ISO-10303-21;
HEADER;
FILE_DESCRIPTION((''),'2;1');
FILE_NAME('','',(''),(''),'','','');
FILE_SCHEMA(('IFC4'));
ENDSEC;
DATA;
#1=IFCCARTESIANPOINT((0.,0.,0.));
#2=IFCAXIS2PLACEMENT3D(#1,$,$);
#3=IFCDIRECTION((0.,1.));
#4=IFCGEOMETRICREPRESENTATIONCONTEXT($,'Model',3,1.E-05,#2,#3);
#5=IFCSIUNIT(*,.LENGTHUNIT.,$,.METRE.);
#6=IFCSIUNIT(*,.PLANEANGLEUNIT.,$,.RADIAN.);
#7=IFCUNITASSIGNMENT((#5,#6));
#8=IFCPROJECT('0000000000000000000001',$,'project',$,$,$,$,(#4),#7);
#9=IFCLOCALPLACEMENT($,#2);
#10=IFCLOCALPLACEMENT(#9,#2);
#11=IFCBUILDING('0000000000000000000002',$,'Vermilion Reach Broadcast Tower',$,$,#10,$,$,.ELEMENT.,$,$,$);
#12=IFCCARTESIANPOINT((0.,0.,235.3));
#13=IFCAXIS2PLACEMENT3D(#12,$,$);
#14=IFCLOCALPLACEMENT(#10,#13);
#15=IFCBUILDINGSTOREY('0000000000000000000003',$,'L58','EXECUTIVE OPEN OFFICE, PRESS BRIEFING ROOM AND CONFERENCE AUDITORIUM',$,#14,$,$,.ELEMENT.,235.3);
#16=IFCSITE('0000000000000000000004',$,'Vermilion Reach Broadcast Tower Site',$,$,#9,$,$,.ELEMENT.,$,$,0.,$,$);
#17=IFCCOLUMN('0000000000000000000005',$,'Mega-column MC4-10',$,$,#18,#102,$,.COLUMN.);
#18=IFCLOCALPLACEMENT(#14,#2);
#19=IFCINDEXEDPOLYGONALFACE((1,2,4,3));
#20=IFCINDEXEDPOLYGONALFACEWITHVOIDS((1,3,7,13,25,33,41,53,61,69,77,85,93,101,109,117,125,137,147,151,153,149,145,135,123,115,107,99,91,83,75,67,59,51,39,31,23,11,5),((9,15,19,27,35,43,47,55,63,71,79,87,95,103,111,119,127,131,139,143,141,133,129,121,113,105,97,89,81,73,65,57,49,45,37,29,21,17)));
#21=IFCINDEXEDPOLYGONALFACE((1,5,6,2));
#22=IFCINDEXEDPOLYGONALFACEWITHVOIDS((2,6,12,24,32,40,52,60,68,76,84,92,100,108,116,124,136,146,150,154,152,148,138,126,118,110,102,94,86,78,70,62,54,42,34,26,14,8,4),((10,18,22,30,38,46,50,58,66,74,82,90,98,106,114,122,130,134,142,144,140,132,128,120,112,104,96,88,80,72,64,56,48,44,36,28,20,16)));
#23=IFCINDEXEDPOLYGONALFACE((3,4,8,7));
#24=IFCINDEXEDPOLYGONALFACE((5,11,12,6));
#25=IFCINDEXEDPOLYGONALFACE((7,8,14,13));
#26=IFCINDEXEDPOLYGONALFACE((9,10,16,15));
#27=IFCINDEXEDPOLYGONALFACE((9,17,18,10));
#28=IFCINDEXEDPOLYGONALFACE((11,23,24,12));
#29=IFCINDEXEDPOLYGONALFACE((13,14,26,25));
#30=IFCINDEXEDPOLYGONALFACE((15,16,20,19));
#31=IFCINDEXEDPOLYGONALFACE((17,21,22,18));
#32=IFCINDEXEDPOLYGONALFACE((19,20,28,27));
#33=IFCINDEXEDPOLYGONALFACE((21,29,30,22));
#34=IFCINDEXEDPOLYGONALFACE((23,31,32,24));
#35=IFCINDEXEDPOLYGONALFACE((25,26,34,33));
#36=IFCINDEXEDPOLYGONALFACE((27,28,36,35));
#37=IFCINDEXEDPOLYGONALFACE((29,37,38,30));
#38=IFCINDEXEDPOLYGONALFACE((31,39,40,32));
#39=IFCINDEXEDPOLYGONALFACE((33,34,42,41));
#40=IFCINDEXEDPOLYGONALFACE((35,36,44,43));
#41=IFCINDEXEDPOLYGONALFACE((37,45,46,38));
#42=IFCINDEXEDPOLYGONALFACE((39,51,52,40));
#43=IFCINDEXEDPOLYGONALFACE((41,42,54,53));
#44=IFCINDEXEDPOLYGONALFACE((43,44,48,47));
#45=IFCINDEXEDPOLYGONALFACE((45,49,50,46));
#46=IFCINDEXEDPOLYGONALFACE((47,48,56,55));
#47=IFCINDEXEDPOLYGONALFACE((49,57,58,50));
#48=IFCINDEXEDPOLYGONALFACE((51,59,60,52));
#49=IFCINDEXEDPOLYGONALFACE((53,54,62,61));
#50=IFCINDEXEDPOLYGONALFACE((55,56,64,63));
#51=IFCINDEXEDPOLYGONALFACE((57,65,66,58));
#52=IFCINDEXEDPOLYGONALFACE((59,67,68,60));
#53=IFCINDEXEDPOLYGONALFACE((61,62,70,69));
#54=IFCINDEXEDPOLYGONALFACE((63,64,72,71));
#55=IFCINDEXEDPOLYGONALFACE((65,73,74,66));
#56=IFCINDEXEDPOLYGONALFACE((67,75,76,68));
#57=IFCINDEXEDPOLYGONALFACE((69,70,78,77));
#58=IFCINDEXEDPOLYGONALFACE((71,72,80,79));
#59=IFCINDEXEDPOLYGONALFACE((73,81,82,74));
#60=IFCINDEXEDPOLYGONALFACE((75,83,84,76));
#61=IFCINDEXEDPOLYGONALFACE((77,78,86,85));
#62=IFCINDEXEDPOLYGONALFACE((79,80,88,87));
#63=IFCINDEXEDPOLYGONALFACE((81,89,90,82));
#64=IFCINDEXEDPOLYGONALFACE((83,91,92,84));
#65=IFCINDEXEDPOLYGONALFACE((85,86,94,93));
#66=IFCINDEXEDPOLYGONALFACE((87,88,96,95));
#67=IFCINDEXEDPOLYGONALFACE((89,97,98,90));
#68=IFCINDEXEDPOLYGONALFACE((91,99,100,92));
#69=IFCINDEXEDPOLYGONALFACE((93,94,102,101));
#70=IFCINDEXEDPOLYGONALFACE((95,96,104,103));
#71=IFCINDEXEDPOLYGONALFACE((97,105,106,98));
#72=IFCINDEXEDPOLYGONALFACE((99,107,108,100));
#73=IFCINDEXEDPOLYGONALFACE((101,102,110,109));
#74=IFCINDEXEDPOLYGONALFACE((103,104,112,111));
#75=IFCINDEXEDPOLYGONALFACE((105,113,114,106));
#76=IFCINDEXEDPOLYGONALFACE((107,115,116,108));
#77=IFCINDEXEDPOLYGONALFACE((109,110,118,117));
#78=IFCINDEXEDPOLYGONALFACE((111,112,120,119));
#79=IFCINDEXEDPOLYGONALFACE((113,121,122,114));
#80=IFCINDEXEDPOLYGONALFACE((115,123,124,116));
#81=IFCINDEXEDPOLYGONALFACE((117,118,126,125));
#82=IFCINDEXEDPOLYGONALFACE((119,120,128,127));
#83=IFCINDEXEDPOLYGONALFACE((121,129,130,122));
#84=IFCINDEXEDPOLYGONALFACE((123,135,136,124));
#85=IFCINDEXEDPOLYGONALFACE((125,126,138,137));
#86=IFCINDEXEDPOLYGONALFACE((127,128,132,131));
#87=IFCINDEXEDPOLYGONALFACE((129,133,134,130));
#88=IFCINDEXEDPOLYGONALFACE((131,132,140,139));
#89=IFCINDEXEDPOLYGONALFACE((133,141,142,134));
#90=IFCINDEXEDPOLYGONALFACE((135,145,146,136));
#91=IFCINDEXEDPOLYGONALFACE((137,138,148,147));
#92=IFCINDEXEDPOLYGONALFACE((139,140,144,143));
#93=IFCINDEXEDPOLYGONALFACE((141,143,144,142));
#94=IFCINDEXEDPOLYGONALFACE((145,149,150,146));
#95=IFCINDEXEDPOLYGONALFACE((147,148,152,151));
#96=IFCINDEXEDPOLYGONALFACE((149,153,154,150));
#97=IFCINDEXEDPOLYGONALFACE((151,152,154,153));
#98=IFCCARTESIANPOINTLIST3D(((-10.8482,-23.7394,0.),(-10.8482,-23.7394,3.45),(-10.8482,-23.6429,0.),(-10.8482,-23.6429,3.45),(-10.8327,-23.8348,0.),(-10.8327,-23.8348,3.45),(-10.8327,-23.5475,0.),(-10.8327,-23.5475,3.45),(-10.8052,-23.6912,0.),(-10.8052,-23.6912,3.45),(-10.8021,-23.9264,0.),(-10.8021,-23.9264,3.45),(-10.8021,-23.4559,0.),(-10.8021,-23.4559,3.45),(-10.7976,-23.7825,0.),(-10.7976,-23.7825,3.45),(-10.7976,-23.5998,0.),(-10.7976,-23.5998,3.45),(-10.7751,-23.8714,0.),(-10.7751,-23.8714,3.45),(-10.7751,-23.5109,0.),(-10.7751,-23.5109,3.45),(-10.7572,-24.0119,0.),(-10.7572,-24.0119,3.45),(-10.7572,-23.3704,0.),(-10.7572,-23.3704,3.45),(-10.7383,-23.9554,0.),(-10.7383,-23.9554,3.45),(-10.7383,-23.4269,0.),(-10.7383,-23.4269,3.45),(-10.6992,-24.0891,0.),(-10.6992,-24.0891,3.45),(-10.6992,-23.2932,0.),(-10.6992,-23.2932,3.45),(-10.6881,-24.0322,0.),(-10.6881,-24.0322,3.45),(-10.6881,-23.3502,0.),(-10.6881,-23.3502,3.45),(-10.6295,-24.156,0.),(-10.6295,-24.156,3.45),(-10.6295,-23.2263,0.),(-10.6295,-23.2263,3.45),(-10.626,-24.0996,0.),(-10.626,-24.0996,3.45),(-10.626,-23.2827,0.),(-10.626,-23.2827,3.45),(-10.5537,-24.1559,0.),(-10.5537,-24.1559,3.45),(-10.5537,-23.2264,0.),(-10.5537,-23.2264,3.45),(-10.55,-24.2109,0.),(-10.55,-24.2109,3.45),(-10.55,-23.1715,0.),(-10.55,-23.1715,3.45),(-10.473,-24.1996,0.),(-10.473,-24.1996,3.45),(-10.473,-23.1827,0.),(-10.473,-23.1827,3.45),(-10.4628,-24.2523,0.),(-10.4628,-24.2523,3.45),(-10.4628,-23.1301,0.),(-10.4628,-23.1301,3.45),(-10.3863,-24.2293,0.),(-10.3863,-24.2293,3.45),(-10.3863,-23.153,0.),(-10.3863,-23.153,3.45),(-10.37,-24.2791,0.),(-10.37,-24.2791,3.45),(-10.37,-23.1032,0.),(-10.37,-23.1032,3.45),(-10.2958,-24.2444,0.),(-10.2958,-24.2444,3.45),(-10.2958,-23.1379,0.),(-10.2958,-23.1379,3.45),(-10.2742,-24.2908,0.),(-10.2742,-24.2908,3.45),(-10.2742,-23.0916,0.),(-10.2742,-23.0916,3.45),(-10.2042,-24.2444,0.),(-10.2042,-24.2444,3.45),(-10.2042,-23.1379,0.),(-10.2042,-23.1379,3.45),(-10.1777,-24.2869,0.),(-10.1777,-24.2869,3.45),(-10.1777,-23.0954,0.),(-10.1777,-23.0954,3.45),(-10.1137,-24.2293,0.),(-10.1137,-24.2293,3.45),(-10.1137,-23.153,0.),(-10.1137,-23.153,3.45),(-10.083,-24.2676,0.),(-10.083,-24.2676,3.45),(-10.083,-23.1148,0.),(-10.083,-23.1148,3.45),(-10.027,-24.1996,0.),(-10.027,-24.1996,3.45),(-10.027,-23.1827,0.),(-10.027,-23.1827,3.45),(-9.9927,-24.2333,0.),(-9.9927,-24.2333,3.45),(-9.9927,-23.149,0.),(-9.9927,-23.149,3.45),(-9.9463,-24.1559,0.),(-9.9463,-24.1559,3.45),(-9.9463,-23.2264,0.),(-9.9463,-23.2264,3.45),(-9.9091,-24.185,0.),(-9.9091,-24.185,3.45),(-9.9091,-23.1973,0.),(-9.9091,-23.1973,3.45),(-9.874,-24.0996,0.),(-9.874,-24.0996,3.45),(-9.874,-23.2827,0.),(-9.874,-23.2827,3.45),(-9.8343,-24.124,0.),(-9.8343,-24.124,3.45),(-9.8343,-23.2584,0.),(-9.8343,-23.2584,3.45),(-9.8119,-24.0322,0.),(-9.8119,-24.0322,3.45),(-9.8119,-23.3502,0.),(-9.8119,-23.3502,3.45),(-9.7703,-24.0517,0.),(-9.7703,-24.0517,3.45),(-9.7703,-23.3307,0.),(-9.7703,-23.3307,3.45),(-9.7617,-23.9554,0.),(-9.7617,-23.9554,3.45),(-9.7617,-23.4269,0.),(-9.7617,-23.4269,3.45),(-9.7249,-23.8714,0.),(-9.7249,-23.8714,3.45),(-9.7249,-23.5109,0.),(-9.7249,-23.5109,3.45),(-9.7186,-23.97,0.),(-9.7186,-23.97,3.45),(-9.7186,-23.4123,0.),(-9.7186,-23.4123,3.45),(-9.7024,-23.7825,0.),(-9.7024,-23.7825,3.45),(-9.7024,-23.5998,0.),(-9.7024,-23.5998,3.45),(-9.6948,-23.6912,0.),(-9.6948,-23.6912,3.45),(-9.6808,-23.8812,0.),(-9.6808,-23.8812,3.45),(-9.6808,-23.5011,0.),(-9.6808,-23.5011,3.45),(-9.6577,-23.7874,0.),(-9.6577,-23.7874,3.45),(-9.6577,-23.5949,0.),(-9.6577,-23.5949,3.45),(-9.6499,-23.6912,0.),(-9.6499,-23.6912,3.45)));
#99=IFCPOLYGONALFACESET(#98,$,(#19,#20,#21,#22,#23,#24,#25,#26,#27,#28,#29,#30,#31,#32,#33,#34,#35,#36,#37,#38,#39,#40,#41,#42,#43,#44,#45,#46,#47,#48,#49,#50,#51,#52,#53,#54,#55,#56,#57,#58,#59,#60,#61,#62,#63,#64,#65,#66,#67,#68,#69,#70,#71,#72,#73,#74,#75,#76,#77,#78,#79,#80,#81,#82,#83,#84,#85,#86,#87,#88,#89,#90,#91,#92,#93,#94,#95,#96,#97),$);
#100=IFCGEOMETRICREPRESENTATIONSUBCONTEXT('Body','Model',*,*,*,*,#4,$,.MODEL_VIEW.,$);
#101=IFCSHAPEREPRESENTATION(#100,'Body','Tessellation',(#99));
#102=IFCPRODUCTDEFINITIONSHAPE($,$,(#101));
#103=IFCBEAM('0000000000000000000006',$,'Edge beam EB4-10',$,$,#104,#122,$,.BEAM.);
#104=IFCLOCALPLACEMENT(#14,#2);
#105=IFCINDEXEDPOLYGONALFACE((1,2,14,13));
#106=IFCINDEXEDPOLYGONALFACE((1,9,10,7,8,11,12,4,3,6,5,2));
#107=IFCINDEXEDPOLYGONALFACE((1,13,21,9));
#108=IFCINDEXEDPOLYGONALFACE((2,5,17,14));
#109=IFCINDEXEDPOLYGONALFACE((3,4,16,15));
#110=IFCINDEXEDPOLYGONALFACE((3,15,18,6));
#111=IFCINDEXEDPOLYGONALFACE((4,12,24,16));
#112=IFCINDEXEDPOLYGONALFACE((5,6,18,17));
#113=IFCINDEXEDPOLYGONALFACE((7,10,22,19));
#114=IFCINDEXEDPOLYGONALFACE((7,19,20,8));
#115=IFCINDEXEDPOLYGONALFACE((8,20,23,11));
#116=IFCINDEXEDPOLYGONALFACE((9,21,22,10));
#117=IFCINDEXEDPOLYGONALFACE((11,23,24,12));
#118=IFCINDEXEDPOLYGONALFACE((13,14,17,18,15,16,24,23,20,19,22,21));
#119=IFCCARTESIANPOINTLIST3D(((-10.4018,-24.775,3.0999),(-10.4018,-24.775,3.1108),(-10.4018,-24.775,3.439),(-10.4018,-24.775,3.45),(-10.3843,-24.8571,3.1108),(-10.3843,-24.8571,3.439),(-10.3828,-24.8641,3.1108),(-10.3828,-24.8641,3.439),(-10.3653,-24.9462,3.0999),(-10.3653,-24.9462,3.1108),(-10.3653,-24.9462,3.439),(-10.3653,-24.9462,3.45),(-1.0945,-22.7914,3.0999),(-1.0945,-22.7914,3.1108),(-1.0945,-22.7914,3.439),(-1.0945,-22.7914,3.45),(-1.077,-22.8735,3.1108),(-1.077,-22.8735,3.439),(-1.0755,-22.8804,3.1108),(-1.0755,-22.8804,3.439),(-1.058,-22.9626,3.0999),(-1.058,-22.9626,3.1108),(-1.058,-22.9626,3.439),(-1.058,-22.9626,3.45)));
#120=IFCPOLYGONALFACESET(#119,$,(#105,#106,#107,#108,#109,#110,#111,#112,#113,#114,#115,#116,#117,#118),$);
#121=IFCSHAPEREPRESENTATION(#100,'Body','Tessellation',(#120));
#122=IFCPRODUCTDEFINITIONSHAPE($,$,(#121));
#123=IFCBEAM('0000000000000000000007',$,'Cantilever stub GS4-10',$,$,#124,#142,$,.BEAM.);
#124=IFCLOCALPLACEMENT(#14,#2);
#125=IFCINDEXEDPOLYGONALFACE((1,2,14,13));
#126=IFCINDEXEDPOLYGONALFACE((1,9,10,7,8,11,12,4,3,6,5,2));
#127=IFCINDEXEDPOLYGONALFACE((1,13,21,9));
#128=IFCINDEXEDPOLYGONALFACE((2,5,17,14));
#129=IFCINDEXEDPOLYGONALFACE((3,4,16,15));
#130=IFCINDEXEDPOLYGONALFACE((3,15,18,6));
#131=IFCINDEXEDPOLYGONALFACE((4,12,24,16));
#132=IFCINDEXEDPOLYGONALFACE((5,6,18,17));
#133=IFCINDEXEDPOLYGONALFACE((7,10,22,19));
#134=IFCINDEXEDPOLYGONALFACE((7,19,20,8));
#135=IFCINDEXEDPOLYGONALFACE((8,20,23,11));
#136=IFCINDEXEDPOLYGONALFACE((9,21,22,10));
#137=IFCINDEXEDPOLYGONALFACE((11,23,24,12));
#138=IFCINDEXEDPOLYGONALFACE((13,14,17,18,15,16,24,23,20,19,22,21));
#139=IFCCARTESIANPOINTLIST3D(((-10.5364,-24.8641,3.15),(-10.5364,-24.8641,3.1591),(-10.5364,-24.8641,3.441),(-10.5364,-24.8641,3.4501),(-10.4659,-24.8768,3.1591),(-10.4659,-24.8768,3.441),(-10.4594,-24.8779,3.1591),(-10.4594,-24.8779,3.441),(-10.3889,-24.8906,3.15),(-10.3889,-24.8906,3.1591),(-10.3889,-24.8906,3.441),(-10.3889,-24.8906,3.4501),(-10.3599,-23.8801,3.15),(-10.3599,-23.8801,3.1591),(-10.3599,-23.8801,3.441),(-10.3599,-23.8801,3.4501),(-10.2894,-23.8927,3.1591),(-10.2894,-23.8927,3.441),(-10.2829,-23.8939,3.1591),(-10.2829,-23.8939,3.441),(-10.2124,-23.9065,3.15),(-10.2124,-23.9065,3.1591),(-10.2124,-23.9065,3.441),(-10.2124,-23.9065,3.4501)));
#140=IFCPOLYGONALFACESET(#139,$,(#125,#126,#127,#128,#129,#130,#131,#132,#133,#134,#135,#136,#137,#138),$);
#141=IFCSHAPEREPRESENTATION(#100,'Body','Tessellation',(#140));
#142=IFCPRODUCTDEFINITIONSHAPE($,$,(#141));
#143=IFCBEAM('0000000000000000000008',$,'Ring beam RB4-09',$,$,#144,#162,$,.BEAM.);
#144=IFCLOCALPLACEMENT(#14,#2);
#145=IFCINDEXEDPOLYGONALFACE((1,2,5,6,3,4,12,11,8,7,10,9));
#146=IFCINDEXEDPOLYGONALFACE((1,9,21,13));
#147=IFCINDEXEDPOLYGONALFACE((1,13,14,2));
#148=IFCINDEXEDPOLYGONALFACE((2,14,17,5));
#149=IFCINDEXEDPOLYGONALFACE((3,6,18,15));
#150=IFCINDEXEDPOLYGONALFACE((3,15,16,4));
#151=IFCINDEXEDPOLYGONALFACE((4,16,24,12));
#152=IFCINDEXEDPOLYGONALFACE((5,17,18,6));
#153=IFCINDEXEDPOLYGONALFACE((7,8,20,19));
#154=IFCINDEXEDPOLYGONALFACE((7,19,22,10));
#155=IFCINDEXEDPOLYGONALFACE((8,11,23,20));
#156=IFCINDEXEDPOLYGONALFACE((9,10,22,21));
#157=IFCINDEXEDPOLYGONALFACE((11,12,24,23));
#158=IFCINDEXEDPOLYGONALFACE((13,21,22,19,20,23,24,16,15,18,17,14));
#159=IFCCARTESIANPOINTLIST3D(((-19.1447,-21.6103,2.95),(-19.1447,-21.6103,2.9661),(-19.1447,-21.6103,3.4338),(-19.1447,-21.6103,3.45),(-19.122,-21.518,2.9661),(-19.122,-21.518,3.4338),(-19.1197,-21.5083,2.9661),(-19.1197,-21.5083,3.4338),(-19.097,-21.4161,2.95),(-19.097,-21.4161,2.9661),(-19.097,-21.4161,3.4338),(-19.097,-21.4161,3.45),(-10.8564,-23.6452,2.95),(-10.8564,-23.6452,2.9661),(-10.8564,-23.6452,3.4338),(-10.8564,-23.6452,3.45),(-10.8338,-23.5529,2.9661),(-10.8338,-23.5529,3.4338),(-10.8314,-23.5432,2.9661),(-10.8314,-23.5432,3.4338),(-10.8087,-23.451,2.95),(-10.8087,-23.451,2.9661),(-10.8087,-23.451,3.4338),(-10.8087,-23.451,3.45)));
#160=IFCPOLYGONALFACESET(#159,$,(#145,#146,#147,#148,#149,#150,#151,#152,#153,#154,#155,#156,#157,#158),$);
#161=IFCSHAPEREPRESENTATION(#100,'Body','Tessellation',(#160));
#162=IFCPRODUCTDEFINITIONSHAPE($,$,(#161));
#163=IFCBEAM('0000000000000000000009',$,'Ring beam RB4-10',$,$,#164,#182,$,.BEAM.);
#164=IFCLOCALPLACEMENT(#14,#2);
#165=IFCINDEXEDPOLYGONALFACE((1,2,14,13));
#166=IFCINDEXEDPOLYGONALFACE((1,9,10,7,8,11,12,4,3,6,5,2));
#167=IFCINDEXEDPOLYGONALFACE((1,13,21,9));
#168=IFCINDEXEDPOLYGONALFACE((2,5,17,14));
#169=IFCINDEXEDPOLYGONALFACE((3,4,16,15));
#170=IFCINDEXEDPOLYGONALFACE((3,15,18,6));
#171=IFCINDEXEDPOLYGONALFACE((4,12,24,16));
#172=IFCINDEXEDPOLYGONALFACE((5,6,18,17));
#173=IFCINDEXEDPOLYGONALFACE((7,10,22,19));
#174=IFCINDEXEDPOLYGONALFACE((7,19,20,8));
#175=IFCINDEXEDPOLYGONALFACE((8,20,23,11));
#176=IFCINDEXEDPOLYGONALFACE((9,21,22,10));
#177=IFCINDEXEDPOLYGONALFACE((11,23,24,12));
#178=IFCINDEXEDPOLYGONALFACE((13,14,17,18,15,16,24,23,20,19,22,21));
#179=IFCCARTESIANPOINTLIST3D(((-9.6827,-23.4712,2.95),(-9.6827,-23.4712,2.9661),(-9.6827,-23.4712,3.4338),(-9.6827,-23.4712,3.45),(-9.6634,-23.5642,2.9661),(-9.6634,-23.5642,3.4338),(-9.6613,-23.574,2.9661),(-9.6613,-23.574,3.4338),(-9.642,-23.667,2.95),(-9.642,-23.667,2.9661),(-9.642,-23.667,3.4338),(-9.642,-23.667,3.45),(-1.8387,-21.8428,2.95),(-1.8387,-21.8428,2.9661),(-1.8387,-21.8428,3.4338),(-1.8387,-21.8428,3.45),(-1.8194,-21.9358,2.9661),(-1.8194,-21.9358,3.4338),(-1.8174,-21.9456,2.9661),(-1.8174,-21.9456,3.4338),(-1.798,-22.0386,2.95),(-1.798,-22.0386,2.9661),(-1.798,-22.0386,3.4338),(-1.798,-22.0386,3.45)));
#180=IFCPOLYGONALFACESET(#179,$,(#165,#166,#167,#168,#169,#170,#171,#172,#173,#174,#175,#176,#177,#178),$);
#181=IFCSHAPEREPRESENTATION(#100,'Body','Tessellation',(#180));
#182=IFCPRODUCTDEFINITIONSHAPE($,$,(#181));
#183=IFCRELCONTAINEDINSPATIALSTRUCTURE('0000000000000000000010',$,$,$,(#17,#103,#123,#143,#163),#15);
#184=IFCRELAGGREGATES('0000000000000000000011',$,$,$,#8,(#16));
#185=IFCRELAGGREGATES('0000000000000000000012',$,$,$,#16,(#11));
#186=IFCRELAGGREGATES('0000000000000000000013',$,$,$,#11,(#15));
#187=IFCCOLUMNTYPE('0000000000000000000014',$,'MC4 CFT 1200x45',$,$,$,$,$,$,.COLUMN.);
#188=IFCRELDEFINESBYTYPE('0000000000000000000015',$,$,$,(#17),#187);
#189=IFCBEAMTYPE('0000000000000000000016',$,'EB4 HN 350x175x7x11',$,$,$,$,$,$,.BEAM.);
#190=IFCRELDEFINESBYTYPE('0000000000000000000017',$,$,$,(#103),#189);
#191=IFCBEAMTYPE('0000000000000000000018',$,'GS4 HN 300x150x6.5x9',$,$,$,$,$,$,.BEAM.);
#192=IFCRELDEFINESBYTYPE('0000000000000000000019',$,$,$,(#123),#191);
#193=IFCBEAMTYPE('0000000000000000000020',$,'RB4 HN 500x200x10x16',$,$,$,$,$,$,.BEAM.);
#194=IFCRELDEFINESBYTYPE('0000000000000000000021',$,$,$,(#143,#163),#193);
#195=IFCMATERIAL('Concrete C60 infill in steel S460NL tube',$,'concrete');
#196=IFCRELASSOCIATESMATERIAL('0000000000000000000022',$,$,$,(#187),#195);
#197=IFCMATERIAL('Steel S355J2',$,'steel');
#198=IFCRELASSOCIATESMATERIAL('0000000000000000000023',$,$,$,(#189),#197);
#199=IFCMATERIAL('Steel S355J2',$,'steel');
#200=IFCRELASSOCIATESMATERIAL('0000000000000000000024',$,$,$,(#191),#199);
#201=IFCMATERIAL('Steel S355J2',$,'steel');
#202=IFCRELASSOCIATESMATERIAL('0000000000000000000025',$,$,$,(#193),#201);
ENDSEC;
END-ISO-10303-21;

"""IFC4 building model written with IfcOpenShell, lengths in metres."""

from ifc_helpers import new_model, si_unit, direction, frame, origin, origin_2d, place, context, subcontext, project, spatial, hollow_circle, i_section, extrude, material, material_profile, profile_set, type_object, element, save


model = new_model("IFC4")

# Units and contexts
model_context = context("Model", 3, precision=1e-05, world=origin(), true_north=direction((0.0, 1.0)))
body_context = subcontext(model_context, "Body", "Model", "MODEL_VIEW")
ifc_project = project(units=[si_unit("LENGTHUNIT", "METRE"), si_unit("PLANEANGLEUNIT", "RADIAN")], contexts=[model_context])

# Site, building, storey
site_placement = place(None, origin())
site = spatial("IfcSite", under=ifc_project, at=site_placement, Name="Vermilion Reach Broadcast Tower Site", CompositionType="ELEMENT", RefElevation=0.0)
building_placement = place(site_placement, origin())
building = spatial("IfcBuilding", under=site, at=building_placement, Name="Vermilion Reach Broadcast Tower", CompositionType="ELEMENT")
storey_placement = place(building_placement, frame((0.0, 0.0, 235.3)))
storey = spatial("IfcBuildingStorey", under=building, at=storey_placement, Name="L58", Description="EXECUTIVE OPEN OFFICE, PRESS BRIEFING ROOM AND CONFERENCE AUDITORIUM", CompositionType="ELEMENT", Elevation=235.3)

# Column
ifc_material_1 = material(Name="Concrete C60 infill in steel S460NL tube", Category="concrete")
ifc_material_profile_1 = material_profile(ifc_material_1, hollow_circle(Radius=0.6001, WallThickness=0.0449, at=origin_2d()), Name="Concrete C60 infill in steel S460NL tube CFT 1200x45")
ifc_profile_set_1 = profile_set([ifc_material_profile_1], Name="Concrete C60 infill in steel S460NL tube")
column_type = type_object("IfcColumnType", Name="MC4 CFT 1200x45", PredefinedType="COLUMN", material=ifc_profile_set_1)
column_placement = place(storey_placement, frame((-10.25, -23.6912, 0.0), z_axis=(0.0, 0.0, 1.0), x_axis=(1.0, 0.0, 0.0)))
element("IfcColumn", 1, at=column_placement, inside=storey, type_object=column_type, Name="Mega-column MC4-10", PredefinedType="COLUMN", context=body_context, shape_type="SweptSolid", body=[
    extrude(hollow_circle(Radius=0.6001, WallThickness=0.0449, at=origin_2d()), origin(), (0.0, 0.0, 1.0), 3.45),
])

# Beams
ifc_material_2 = material(Name="Steel S355J2", Category="steel")
ifc_material_profile_2 = material_profile(ifc_material_2, i_section(OverallWidth=0.175, OverallDepth=0.3501, WebThickness=0.0071, FlangeThickness=0.011, at=origin_2d()), Name="S355J2 HN 350x175x7x11")
ifc_profile_set_2 = profile_set([ifc_material_profile_2], Name="Steel S355J2")
beam_type_1 = type_object("IfcBeamType", Name="EB4 HN 350x175x7x11", PredefinedType="BEAM", material=ifc_profile_set_2)
beam_1_placement = place(storey_placement, frame((-10.3835, -24.8606, 3.2749), z_axis=(0.978034, 0.208444, 0.0), x_axis=(-0.208444, 0.978034, 0.0)))
element("IfcBeam", 2, at=beam_1_placement, inside=storey, type_object=beam_type_1, Name="Edge beam EB4-10", PredefinedType="BEAM", context=body_context, shape_type="SweptSolid", body=[
    extrude(i_section(OverallWidth=0.175, OverallDepth=0.3501, WebThickness=0.0071, FlangeThickness=0.011, at=origin_2d()), origin(), (0.0, 0.0, 1.0), 9.5164),
])
ifc_material_3 = material(Name="Steel S355J2", Category="steel")
ifc_material_profile_3 = material_profile(ifc_material_3, i_section(OverallWidth=0.1499, OverallDepth=0.3, WebThickness=0.0066, FlangeThickness=0.009, at=origin_2d()), Name="S355J2 HN 300x150x6.5x9")
ifc_profile_set_3 = profile_set([ifc_material_profile_3], Name="Steel S355J2")
beam_type_2 = type_object("IfcBeamType", Name="GS4 HN 300x150x6.5x9", PredefinedType="BEAM", material=ifc_profile_set_3)
beam_2_placement = place(storey_placement, frame((-10.2861, -23.8933, 3.3), z_axis=(-0.176543, -0.984293, 0.0), x_axis=(0.984293, -0.176543, 0.0)))
element("IfcBeam", 3, at=beam_2_placement, inside=storey, type_object=beam_type_2, Name="Cantilever stub GS4-10", PredefinedType="BEAM", context=body_context, shape_type="SweptSolid", body=[
    extrude(i_section(OverallWidth=0.1499, OverallDepth=0.3, WebThickness=0.0066, FlangeThickness=0.009, at=origin_2d()), origin(), (0.0, 0.0, 1.0), 0.9998),
])
ifc_material_4 = material(Name="Steel S355J2", Category="steel")
ifc_material_profile_4 = material_profile(ifc_material_4, i_section(OverallWidth=0.2, OverallDepth=0.5, WebThickness=0.01, FlangeThickness=0.0161, at=origin_2d()), Name="S355J2 HN 500x200x10x16")
ifc_profile_set_4 = profile_set([ifc_material_profile_4], Name="Steel S355J2")
beam_type_3 = type_object("IfcBeamType", Name="RB4 HN 500x200x10x16", PredefinedType="BEAM", material=ifc_profile_set_4)
beam_3_placement = place(storey_placement, frame((-19.1208, -21.5132, 3.2), z_axis=(0.971159, -0.238434, 0.0), x_axis=(0.238434, 0.971159, 0.0)))
element("IfcBeam", 4, at=beam_3_placement, inside=storey, type_object=beam_type_3, Name="Ring beam RB4-09", PredefinedType="BEAM", context=body_context, shape_type="SweptSolid", body=[
    extrude(i_section(OverallWidth=0.2, OverallDepth=0.5, WebThickness=0.01, FlangeThickness=0.0161, at=origin_2d()), origin(), (0.0, 0.0, 1.0), 8.5344),
])
beam_4_placement = place(storey_placement, frame((-9.6624, -23.5691, 3.2), z_axis=(0.979123, 0.203267, 0.0), x_axis=(-0.203267, 0.979123, 0.0)))
element("IfcBeam", 5, at=beam_4_placement, inside=storey, type_object=beam_type_3, Name="Ring beam RB4-10", PredefinedType="BEAM", context=body_context, shape_type="SweptSolid", body=[
    extrude(i_section(OverallWidth=0.2, OverallDepth=0.5, WebThickness=0.01, FlangeThickness=0.0161, at=origin_2d()), origin(), (0.0, 0.0, 1.0), 8.0112),
])

save(model, "model.ifc")
